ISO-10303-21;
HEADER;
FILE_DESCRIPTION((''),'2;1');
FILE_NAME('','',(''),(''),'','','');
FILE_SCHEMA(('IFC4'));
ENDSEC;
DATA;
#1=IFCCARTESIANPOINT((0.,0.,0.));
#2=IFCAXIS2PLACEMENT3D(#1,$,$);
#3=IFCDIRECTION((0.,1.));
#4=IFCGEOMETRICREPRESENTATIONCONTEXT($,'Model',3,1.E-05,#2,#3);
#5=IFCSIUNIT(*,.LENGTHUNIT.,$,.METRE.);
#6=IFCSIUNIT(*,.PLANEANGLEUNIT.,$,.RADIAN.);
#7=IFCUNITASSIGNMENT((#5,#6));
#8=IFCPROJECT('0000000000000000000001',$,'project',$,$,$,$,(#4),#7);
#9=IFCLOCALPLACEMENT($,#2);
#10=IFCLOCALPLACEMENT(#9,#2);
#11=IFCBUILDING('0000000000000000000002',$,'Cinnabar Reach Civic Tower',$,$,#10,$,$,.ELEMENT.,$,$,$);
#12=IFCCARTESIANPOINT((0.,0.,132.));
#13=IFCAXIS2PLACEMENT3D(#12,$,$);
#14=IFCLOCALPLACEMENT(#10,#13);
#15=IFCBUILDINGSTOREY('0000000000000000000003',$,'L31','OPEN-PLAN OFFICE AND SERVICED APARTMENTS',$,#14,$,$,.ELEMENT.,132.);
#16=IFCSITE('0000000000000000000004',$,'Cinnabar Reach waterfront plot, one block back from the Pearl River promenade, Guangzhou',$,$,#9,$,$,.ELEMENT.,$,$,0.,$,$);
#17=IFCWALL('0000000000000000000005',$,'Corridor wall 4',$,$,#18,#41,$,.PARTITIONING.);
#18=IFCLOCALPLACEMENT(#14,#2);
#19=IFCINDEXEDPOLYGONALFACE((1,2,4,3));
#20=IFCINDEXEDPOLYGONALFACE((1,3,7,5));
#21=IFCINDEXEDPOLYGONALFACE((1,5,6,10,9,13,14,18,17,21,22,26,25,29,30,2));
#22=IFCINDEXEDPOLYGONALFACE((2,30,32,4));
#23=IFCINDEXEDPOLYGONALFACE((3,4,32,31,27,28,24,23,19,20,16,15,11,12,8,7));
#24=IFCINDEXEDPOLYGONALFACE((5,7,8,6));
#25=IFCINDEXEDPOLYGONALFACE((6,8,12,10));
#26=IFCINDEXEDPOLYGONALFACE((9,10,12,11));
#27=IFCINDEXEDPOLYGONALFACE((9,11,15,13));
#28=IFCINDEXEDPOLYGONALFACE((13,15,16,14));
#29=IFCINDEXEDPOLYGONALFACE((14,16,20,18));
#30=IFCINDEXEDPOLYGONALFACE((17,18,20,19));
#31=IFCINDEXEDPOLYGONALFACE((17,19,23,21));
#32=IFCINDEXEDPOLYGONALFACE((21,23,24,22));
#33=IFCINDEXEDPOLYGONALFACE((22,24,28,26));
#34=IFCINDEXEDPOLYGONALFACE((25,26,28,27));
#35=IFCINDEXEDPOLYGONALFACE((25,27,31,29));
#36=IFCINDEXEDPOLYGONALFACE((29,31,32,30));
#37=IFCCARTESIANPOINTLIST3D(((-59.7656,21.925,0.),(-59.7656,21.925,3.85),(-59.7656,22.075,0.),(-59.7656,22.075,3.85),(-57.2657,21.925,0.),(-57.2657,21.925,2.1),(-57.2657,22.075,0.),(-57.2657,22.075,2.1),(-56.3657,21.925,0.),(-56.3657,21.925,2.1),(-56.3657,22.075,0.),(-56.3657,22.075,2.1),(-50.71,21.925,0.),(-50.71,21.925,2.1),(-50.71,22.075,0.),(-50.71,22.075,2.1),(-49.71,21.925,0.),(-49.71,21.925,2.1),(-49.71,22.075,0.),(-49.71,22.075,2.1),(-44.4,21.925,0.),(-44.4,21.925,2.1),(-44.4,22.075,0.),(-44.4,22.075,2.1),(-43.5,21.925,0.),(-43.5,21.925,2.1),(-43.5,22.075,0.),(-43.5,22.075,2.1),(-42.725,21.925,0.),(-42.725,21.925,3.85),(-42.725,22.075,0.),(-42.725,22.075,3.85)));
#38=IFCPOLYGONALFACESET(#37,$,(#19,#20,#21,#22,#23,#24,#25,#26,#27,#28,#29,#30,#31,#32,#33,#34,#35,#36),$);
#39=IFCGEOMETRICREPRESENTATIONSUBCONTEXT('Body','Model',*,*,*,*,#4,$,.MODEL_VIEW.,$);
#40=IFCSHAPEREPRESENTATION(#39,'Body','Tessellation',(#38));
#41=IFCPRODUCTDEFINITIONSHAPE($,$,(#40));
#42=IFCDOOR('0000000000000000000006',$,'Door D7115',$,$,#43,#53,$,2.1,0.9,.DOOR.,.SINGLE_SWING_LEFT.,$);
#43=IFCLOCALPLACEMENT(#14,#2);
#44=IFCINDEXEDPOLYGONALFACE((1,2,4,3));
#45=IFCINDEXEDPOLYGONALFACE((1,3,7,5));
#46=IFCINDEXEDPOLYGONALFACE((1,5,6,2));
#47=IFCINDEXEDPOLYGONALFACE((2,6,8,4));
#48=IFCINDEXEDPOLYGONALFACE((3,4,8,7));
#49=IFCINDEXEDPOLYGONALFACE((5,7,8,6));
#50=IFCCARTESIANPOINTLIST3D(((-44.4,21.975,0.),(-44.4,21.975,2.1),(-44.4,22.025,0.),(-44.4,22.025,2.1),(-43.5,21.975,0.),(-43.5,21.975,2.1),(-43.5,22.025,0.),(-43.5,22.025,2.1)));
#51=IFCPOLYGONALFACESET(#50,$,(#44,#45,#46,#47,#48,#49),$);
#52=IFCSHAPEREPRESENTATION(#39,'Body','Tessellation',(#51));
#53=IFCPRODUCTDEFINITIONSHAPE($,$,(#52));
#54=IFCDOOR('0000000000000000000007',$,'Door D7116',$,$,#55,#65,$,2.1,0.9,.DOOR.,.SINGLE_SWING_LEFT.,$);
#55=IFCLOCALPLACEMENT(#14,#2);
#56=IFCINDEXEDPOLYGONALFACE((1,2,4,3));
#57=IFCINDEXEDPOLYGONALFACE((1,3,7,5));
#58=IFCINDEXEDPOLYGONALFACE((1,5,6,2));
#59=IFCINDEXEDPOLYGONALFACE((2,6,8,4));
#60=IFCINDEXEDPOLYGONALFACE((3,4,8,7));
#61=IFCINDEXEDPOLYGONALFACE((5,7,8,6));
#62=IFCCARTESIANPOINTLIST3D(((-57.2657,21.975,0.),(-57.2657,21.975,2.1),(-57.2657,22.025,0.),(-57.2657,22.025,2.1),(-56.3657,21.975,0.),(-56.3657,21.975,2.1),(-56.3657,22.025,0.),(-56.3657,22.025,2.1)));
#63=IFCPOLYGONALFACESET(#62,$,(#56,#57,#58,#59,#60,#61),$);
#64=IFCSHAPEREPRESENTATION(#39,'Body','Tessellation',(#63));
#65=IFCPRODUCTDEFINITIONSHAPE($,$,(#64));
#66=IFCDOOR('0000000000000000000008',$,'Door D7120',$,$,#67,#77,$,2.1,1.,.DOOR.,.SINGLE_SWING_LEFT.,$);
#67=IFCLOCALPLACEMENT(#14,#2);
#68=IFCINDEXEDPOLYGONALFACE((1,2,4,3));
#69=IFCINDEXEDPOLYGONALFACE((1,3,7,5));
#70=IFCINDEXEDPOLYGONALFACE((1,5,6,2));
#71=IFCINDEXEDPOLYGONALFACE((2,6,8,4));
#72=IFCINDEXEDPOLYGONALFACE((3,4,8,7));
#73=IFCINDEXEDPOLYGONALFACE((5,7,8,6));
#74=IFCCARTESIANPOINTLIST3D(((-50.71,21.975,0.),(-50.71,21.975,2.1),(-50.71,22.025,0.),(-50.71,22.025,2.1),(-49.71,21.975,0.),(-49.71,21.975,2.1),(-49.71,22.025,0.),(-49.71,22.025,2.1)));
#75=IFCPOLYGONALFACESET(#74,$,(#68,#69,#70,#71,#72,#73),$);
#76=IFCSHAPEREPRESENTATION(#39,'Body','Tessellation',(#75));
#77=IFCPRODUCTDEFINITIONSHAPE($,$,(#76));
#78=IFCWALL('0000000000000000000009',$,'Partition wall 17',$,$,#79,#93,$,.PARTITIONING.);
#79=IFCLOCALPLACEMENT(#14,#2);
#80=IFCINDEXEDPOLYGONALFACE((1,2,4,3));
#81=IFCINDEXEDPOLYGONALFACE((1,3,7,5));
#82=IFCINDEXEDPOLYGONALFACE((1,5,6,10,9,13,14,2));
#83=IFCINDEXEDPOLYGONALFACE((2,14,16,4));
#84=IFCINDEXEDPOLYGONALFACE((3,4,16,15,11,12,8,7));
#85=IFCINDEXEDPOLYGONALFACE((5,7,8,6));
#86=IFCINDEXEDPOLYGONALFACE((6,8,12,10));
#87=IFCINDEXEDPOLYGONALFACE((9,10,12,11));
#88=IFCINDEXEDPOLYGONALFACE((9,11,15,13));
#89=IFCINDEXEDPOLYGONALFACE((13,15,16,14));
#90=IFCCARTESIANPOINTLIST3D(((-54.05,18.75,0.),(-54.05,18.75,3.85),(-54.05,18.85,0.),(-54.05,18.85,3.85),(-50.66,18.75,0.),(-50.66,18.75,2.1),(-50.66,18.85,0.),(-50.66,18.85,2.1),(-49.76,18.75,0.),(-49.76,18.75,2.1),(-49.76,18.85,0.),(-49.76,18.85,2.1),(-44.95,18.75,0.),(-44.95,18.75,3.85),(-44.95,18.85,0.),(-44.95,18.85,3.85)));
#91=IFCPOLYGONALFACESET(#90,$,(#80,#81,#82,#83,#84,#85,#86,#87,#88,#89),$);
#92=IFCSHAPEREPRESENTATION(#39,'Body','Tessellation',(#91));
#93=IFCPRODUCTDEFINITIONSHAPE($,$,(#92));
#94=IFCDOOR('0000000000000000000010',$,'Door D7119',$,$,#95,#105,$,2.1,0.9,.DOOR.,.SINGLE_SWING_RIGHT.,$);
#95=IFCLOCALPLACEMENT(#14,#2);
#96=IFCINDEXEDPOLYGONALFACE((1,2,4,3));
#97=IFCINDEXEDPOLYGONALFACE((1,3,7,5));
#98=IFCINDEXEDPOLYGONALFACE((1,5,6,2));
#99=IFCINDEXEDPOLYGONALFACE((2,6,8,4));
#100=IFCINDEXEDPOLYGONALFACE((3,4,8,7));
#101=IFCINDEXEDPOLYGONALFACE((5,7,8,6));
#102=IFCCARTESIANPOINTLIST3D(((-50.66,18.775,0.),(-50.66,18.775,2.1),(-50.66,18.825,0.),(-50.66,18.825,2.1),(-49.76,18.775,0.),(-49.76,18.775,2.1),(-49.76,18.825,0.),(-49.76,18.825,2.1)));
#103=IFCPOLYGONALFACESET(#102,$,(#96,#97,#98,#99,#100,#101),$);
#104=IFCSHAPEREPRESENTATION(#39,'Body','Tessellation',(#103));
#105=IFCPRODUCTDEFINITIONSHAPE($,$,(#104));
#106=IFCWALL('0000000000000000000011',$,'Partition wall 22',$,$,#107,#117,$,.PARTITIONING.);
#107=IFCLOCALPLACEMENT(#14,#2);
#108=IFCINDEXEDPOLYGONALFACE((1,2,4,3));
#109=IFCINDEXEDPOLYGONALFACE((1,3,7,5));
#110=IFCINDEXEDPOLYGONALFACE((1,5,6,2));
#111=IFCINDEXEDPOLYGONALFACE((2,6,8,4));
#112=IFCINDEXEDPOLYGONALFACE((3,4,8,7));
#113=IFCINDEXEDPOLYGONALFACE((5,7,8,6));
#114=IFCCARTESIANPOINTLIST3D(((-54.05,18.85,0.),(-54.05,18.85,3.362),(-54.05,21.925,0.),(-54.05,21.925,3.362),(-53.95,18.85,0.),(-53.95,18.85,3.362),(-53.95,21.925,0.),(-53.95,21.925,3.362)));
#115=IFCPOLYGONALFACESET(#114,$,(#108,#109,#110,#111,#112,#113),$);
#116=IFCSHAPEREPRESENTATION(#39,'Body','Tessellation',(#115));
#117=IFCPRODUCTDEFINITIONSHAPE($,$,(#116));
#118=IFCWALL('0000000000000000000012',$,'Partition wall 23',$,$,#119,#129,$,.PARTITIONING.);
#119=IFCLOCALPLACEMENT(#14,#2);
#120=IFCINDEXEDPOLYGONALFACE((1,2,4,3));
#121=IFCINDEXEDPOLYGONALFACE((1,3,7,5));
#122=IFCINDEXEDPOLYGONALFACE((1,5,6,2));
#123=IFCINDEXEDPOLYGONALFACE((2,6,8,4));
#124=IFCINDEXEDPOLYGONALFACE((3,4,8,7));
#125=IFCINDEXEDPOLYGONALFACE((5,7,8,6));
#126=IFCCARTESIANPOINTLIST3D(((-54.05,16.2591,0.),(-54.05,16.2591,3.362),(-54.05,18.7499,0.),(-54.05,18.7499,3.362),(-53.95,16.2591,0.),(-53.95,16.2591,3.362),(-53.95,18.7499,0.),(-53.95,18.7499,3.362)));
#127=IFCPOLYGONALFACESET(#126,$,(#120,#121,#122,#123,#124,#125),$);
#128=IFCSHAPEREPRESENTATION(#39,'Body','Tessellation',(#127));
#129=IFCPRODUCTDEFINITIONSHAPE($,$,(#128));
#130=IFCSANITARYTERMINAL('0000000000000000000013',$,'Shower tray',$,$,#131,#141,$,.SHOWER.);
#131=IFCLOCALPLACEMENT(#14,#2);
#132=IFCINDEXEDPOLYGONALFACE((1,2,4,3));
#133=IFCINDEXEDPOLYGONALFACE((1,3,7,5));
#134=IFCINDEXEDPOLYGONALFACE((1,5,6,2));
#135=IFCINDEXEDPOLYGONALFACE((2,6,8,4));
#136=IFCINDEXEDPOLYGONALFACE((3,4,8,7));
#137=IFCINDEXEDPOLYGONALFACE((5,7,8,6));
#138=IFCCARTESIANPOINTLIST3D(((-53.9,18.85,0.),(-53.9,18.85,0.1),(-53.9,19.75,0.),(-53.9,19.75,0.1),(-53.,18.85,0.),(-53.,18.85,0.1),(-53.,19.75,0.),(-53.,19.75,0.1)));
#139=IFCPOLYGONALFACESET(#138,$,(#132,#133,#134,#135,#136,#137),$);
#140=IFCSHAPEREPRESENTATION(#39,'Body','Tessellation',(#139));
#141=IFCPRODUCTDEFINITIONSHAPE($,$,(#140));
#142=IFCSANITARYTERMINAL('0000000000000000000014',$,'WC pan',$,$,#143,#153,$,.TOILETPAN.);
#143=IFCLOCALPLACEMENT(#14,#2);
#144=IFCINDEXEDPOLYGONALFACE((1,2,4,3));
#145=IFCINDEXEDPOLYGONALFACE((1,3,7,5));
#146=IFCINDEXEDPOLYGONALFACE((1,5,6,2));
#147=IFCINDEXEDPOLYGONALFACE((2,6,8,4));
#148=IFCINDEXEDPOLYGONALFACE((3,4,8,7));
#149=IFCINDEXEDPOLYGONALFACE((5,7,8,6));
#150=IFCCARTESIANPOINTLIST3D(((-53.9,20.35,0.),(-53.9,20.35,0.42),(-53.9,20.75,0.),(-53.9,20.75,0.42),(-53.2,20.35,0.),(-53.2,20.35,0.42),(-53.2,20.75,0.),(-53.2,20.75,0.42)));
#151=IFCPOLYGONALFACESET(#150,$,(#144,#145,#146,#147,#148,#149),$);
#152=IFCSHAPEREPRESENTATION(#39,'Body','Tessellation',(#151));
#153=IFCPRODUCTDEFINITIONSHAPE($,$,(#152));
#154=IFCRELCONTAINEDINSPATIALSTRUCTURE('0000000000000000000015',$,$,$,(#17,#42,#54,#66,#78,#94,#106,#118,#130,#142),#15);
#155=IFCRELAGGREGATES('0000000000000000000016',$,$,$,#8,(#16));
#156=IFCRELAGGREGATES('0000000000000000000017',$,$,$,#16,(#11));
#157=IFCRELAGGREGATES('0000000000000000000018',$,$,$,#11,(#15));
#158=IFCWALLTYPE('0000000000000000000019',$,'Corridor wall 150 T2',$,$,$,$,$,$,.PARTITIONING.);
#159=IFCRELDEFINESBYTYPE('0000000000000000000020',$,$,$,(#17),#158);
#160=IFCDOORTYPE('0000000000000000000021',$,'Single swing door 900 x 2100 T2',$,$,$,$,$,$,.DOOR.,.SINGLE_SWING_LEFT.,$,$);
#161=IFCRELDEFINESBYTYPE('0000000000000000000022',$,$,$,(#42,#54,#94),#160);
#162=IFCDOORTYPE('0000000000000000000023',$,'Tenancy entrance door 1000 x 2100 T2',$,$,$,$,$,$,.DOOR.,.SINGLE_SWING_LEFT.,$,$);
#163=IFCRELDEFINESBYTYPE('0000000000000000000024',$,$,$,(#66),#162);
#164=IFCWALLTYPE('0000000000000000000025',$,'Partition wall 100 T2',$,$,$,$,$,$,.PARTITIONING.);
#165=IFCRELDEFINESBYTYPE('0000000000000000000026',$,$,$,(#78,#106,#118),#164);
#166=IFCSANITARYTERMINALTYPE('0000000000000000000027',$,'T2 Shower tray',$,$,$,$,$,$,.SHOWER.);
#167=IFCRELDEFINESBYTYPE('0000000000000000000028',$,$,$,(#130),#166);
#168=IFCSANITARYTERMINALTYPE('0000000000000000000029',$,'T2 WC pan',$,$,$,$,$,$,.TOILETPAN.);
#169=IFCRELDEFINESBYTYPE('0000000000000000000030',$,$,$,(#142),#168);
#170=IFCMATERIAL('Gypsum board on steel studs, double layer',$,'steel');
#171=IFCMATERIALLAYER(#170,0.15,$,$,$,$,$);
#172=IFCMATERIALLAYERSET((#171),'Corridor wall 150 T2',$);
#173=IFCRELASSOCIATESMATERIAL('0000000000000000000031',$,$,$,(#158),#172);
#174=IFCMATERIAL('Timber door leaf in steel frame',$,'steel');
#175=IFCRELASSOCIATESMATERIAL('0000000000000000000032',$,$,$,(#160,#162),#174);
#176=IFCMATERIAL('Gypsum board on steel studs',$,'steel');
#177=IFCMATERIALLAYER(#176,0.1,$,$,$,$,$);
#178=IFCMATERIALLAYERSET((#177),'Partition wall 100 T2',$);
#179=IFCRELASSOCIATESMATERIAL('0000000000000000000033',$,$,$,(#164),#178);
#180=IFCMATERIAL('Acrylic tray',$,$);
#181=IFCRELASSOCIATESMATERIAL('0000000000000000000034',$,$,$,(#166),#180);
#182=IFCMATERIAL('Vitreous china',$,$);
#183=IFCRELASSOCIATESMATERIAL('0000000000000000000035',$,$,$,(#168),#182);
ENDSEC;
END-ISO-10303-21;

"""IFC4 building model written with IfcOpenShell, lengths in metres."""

from ifc_helpers import new_model, si_unit, direction, frame, frame_2d, origin, origin_2d, place, context, subcontext, project, spatial, rectangle, extrude, material, layer, layer_set, type_object, element, fill, save


model = new_model("IFC4")

# Units and contexts
model_context = context("Model", 3, precision=1e-05, world=origin(), true_north=direction((0.0, 1.0)))
body_context = subcontext(model_context, "Body", "Model", "MODEL_VIEW")
ifc_project = project(units=[si_unit("LENGTHUNIT", "METRE"), si_unit("PLANEANGLEUNIT", "RADIAN")], contexts=[model_context])

# Site, building, storey
site_placement = place(None, origin())
site = spatial("IfcSite", under=ifc_project, at=site_placement, Name="Cinnabar Reach waterfront plot, one block back from the Pearl River promenade, Guangzhou", CompositionType="ELEMENT", RefElevation=0.0)
building_placement = place(site_placement, origin())
building = spatial("IfcBuilding", under=site, at=building_placement, Name="Cinnabar Reach Civic Tower", CompositionType="ELEMENT")
storey_placement = place(building_placement, frame((0.0, 0.0, 132.0)))
storey = spatial("IfcBuildingStorey", under=building, at=storey_placement, Name="L31", Description="OPEN-PLAN OFFICE AND SERVICED APARTMENTS", CompositionType="ELEMENT", Elevation=132.0)

# Wall, openings, doors
ifc_material_1 = material(Name="Gypsum board on steel studs, double layer", Category="steel")
ifc_layer_1 = layer(ifc_material_1, 0.15)
ifc_layer_set_1 = layer_set([ifc_layer_1], Name="Corridor wall 150 T2")
wall_type_1 = type_object("IfcWallType", Name="Corridor wall 150 T2", PredefinedType="PARTITIONING", material=ifc_layer_set_1)
wall_1_placement = place(storey_placement, frame((-59.7657, 22.0, 0.0), z_axis=(0.0, 0.0, 1.0), x_axis=(1.0, 0.0, 0.0)))
wall_1 = element("IfcWall", 1, at=wall_1_placement, inside=storey, type_object=wall_type_1, Name="Corridor wall 4", PredefinedType="PARTITIONING", context=body_context, shape_type="SweptSolid", body=[
    extrude(rectangle(XDim=17.0407, YDim=0.15, at=frame_2d((8.5204, 0.0))), origin(), (0.0, 0.0, 1.0), 3.85),
])
opening_1_placement = place(wall_1_placement, frame((15.3657, 0.0, 0.0)))
opening_1 = element("IfcOpeningElement", 2, at=opening_1_placement, cuts=wall_1, PredefinedType="OPENING", context=body_context, shape_type="SweptSolid", body=[
    extrude(rectangle(XDim=0.9, YDim=2.1, at=frame_2d((0.45, 1.05))), frame((0.0, 0.085, 0.0), z_axis=(0.0, -1.0, 0.0), x_axis=(1.0, 0.0, 0.0)), (0.0, 0.0, 1.0), 0.17),
])
opening_2_placement = place(wall_1_placement, frame((2.5, 0.0, 0.0)))
opening_2 = element("IfcOpeningElement", 3, at=opening_2_placement, cuts=wall_1, PredefinedType="OPENING", context=body_context, shape_type="SweptSolid", body=[
    extrude(rectangle(XDim=0.9, YDim=2.1, at=frame_2d((0.45, 1.05))), frame((0.0, 0.085, 0.0), z_axis=(0.0, -1.0, 0.0), x_axis=(1.0, 0.0, 0.0)), (0.0, 0.0, 1.0), 0.17),
])
opening_3_placement = place(wall_1_placement, frame((9.0557, 0.0, 0.0)))
opening_3 = element("IfcOpeningElement", 4, at=opening_3_placement, cuts=wall_1, PredefinedType="OPENING", context=body_context, shape_type="SweptSolid", body=[
    extrude(rectangle(XDim=1.0, YDim=2.1, at=frame_2d((0.5, 1.05))), frame((0.0, 0.085, 0.0), z_axis=(0.0, -1.0, 0.0), x_axis=(1.0, 0.0, 0.0)), (0.0, 0.0, 1.0), 0.17),
])
ifc_material_2 = material(Name="Timber door leaf in steel frame", Category="steel")
door_type_1 = type_object("IfcDoorType", Name="Single swing door 900 x 2100 T2", OperationType="SINGLE_SWING_LEFT", PredefinedType="DOOR", material=ifc_material_2)
door_1_placement = place(opening_1_placement, frame((0.9, 0.0, 0.0), z_axis=(0.0, 0.0, 1.0), x_axis=(-1.0, 0.0, 0.0)))
door_1 = element("IfcDoor", 5, at=door_1_placement, inside=storey, type_object=door_type_1, Name="Door D7115", OperationType="SINGLE_SWING_LEFT", OverallHeight=2.1, OverallWidth=0.9, PredefinedType="DOOR", context=body_context, shape_type="SweptSolid", body=[
    extrude(rectangle(XDim=0.9, YDim=2.1, at=frame_2d((0.45, 1.05))), frame((0.0, 0.025, 0.0), z_axis=(0.0, -1.0, 0.0), x_axis=(1.0, 0.0, 0.0)), (0.0, 0.0, 1.0), 0.05),
])
fill(opening_1, door_1)
door_2_placement = place(opening_2_placement, frame((0.9, 0.0, 0.0), z_axis=(0.0, 0.0, 1.0), x_axis=(-1.0, 0.0, 0.0)))
door_2 = element("IfcDoor", 6, at=door_2_placement, inside=storey, type_object=door_type_1, Name="Door D7116", OperationType="SINGLE_SWING_LEFT", OverallHeight=2.1, OverallWidth=0.9, PredefinedType="DOOR", context=body_context, shape_type="SweptSolid", body=[
    extrude(rectangle(XDim=0.9, YDim=2.1, at=frame_2d((0.45, 1.05))), frame((0.0, 0.025, 0.0), z_axis=(0.0, -1.0, 0.0), x_axis=(1.0, 0.0, 0.0)), (0.0, 0.0, 1.0), 0.05),
])
fill(opening_2, door_2)
door_type_2 = type_object("IfcDoorType", Name="Tenancy entrance door 1000 x 2100 T2", OperationType="SINGLE_SWING_LEFT", PredefinedType="DOOR", material=ifc_material_2)
door_3_placement = place(opening_3_placement, frame((1.0, 0.0, 0.0), z_axis=(0.0, 0.0, 1.0), x_axis=(-1.0, 0.0, 0.0)))
door_3 = element("IfcDoor", 7, at=door_3_placement, inside=storey, type_object=door_type_2, Name="Door D7120", OperationType="SINGLE_SWING_LEFT", OverallHeight=2.1, OverallWidth=1.0, PredefinedType="DOOR", context=body_context, shape_type="SweptSolid", body=[
    extrude(rectangle(XDim=1.0, YDim=2.1, at=frame_2d((0.5, 1.05))), frame((0.0, 0.025, 0.0), z_axis=(0.0, -1.0, 0.0), x_axis=(1.0, 0.0, 0.0)), (0.0, 0.0, 1.0), 0.05),
])
fill(opening_3, door_3)

# Wall, opening, door
ifc_material_3 = material(Name="Gypsum board on steel studs", Category="steel")
ifc_layer_2 = layer(ifc_material_3, 0.1)
ifc_layer_set_2 = layer_set([ifc_layer_2], Name="Partition wall 100 T2")
wall_type_2 = type_object("IfcWallType", Name="Partition wall 100 T2", PredefinedType="PARTITIONING", material=ifc_layer_set_2)
wall_2_placement = place(storey_placement, frame((-54.05, 18.8, 0.0), z_axis=(0.0, 0.0, 1.0), x_axis=(1.0, 0.0, 0.0)))
wall_2 = element("IfcWall", 8, at=wall_2_placement, inside=storey, type_object=wall_type_2, Name="Partition wall 17", PredefinedType="PARTITIONING", context=body_context, shape_type="SweptSolid", body=[
    extrude(rectangle(XDim=9.1, YDim=0.1, at=frame_2d((4.55, 0.0))), origin(), (0.0, 0.0, 1.0), 3.85),
])
opening_4_placement = place(wall_2_placement, frame((3.39, 0.0, 0.0)))
opening_4 = element("IfcOpeningElement", 9, at=opening_4_placement, cuts=wall_2, PredefinedType="OPENING", context=body_context, shape_type="SweptSolid", body=[
    extrude(rectangle(XDim=0.9, YDim=2.1, at=frame_2d((0.45, 1.05))), frame((0.0, 0.06, 0.0), z_axis=(0.0, -1.0, 0.0), x_axis=(1.0, 0.0, 0.0)), (0.0, 0.0, 1.0), 0.12),
])
door_4_placement = place(opening_4_placement, origin())
door_4 = element("IfcDoor", 10, at=door_4_placement, inside=storey, type_object=door_type_1, Name="Door D7119", OperationType="SINGLE_SWING_RIGHT", OverallHeight=2.1, OverallWidth=0.9, PredefinedType="DOOR", context=body_context, shape_type="SweptSolid", body=[
    extrude(rectangle(XDim=0.9, YDim=2.1, at=frame_2d((0.45, 1.05))), frame((0.0, 0.025, 0.0), z_axis=(0.0, -1.0, 0.0), x_axis=(1.0, 0.0, 0.0)), (0.0, 0.0, 1.0), 0.05),
])
fill(opening_4, door_4)

# Walls
wall_3_placement = place(storey_placement, frame((-54.0, 18.85, 0.0), z_axis=(0.0, 0.0, 1.0), x_axis=(0.0, 1.0, 0.0)))
element("IfcWall", 11, at=wall_3_placement, inside=storey, type_object=wall_type_2, Name="Partition wall 22", PredefinedType="PARTITIONING", context=body_context, shape_type="SweptSolid", body=[
    extrude(rectangle(XDim=3.075, YDim=0.1, at=frame_2d((1.5375, 0.0))), origin(), (0.0, 0.0, 1.0), 3.362),
])
wall_4_placement = place(storey_placement, frame((-54.0, 16.2591, 0.0), z_axis=(0.0, 0.0, 1.0), x_axis=(0.0, 1.0, 0.0)))
element("IfcWall", 12, at=wall_4_placement, inside=storey, type_object=wall_type_2, Name="Partition wall 23", PredefinedType="PARTITIONING", context=body_context, shape_type="SweptSolid", body=[
    extrude(rectangle(XDim=2.4909, YDim=0.1, at=frame_2d((1.2454, 0.0))), origin(), (0.0, 0.0, 1.0), 3.362),
])

# Sanitary terminals
ifc_material_4 = material(Name="Acrylic tray")
sanitary_terminal_type_1 = type_object("IfcSanitaryTerminalType", Name="T2 Shower tray", PredefinedType="SHOWER", material=ifc_material_4)
sanitary_terminal_1_placement = place(storey_placement, frame((-53.45, 19.3, 0.0), z_axis=(0.0, 0.0, 1.0), x_axis=(1.0, 0.0, 0.0)))
element("IfcSanitaryTerminal", 13, at=sanitary_terminal_1_placement, inside=storey, type_object=sanitary_terminal_type_1, Name="Shower tray", PredefinedType="SHOWER", context=body_context, shape_type="SweptSolid", body=[
    extrude(rectangle(XDim=0.9, YDim=0.9, at=origin_2d()), origin(), (0.0, 0.0, 1.0), 0.1),
])
ifc_material_5 = material(Name="Vitreous china")
sanitary_terminal_type_2 = type_object("IfcSanitaryTerminalType", Name="T2 WC pan", PredefinedType="TOILETPAN", material=ifc_material_5)
sanitary_terminal_2_placement = place(storey_placement, frame((-53.55, 20.55, 0.0), z_axis=(0.0, 0.0, 1.0), x_axis=(1.0, 0.0, 0.0)))
element("IfcSanitaryTerminal", 14, at=sanitary_terminal_2_placement, inside=storey, type_object=sanitary_terminal_type_2, Name="WC pan", PredefinedType="TOILETPAN", context=body_context, shape_type="SweptSolid", body=[
    extrude(rectangle(XDim=0.7, YDim=0.4, at=origin_2d()), origin(), (0.0, 0.0, 1.0), 0.42),
])

save(model, "model.ifc")
